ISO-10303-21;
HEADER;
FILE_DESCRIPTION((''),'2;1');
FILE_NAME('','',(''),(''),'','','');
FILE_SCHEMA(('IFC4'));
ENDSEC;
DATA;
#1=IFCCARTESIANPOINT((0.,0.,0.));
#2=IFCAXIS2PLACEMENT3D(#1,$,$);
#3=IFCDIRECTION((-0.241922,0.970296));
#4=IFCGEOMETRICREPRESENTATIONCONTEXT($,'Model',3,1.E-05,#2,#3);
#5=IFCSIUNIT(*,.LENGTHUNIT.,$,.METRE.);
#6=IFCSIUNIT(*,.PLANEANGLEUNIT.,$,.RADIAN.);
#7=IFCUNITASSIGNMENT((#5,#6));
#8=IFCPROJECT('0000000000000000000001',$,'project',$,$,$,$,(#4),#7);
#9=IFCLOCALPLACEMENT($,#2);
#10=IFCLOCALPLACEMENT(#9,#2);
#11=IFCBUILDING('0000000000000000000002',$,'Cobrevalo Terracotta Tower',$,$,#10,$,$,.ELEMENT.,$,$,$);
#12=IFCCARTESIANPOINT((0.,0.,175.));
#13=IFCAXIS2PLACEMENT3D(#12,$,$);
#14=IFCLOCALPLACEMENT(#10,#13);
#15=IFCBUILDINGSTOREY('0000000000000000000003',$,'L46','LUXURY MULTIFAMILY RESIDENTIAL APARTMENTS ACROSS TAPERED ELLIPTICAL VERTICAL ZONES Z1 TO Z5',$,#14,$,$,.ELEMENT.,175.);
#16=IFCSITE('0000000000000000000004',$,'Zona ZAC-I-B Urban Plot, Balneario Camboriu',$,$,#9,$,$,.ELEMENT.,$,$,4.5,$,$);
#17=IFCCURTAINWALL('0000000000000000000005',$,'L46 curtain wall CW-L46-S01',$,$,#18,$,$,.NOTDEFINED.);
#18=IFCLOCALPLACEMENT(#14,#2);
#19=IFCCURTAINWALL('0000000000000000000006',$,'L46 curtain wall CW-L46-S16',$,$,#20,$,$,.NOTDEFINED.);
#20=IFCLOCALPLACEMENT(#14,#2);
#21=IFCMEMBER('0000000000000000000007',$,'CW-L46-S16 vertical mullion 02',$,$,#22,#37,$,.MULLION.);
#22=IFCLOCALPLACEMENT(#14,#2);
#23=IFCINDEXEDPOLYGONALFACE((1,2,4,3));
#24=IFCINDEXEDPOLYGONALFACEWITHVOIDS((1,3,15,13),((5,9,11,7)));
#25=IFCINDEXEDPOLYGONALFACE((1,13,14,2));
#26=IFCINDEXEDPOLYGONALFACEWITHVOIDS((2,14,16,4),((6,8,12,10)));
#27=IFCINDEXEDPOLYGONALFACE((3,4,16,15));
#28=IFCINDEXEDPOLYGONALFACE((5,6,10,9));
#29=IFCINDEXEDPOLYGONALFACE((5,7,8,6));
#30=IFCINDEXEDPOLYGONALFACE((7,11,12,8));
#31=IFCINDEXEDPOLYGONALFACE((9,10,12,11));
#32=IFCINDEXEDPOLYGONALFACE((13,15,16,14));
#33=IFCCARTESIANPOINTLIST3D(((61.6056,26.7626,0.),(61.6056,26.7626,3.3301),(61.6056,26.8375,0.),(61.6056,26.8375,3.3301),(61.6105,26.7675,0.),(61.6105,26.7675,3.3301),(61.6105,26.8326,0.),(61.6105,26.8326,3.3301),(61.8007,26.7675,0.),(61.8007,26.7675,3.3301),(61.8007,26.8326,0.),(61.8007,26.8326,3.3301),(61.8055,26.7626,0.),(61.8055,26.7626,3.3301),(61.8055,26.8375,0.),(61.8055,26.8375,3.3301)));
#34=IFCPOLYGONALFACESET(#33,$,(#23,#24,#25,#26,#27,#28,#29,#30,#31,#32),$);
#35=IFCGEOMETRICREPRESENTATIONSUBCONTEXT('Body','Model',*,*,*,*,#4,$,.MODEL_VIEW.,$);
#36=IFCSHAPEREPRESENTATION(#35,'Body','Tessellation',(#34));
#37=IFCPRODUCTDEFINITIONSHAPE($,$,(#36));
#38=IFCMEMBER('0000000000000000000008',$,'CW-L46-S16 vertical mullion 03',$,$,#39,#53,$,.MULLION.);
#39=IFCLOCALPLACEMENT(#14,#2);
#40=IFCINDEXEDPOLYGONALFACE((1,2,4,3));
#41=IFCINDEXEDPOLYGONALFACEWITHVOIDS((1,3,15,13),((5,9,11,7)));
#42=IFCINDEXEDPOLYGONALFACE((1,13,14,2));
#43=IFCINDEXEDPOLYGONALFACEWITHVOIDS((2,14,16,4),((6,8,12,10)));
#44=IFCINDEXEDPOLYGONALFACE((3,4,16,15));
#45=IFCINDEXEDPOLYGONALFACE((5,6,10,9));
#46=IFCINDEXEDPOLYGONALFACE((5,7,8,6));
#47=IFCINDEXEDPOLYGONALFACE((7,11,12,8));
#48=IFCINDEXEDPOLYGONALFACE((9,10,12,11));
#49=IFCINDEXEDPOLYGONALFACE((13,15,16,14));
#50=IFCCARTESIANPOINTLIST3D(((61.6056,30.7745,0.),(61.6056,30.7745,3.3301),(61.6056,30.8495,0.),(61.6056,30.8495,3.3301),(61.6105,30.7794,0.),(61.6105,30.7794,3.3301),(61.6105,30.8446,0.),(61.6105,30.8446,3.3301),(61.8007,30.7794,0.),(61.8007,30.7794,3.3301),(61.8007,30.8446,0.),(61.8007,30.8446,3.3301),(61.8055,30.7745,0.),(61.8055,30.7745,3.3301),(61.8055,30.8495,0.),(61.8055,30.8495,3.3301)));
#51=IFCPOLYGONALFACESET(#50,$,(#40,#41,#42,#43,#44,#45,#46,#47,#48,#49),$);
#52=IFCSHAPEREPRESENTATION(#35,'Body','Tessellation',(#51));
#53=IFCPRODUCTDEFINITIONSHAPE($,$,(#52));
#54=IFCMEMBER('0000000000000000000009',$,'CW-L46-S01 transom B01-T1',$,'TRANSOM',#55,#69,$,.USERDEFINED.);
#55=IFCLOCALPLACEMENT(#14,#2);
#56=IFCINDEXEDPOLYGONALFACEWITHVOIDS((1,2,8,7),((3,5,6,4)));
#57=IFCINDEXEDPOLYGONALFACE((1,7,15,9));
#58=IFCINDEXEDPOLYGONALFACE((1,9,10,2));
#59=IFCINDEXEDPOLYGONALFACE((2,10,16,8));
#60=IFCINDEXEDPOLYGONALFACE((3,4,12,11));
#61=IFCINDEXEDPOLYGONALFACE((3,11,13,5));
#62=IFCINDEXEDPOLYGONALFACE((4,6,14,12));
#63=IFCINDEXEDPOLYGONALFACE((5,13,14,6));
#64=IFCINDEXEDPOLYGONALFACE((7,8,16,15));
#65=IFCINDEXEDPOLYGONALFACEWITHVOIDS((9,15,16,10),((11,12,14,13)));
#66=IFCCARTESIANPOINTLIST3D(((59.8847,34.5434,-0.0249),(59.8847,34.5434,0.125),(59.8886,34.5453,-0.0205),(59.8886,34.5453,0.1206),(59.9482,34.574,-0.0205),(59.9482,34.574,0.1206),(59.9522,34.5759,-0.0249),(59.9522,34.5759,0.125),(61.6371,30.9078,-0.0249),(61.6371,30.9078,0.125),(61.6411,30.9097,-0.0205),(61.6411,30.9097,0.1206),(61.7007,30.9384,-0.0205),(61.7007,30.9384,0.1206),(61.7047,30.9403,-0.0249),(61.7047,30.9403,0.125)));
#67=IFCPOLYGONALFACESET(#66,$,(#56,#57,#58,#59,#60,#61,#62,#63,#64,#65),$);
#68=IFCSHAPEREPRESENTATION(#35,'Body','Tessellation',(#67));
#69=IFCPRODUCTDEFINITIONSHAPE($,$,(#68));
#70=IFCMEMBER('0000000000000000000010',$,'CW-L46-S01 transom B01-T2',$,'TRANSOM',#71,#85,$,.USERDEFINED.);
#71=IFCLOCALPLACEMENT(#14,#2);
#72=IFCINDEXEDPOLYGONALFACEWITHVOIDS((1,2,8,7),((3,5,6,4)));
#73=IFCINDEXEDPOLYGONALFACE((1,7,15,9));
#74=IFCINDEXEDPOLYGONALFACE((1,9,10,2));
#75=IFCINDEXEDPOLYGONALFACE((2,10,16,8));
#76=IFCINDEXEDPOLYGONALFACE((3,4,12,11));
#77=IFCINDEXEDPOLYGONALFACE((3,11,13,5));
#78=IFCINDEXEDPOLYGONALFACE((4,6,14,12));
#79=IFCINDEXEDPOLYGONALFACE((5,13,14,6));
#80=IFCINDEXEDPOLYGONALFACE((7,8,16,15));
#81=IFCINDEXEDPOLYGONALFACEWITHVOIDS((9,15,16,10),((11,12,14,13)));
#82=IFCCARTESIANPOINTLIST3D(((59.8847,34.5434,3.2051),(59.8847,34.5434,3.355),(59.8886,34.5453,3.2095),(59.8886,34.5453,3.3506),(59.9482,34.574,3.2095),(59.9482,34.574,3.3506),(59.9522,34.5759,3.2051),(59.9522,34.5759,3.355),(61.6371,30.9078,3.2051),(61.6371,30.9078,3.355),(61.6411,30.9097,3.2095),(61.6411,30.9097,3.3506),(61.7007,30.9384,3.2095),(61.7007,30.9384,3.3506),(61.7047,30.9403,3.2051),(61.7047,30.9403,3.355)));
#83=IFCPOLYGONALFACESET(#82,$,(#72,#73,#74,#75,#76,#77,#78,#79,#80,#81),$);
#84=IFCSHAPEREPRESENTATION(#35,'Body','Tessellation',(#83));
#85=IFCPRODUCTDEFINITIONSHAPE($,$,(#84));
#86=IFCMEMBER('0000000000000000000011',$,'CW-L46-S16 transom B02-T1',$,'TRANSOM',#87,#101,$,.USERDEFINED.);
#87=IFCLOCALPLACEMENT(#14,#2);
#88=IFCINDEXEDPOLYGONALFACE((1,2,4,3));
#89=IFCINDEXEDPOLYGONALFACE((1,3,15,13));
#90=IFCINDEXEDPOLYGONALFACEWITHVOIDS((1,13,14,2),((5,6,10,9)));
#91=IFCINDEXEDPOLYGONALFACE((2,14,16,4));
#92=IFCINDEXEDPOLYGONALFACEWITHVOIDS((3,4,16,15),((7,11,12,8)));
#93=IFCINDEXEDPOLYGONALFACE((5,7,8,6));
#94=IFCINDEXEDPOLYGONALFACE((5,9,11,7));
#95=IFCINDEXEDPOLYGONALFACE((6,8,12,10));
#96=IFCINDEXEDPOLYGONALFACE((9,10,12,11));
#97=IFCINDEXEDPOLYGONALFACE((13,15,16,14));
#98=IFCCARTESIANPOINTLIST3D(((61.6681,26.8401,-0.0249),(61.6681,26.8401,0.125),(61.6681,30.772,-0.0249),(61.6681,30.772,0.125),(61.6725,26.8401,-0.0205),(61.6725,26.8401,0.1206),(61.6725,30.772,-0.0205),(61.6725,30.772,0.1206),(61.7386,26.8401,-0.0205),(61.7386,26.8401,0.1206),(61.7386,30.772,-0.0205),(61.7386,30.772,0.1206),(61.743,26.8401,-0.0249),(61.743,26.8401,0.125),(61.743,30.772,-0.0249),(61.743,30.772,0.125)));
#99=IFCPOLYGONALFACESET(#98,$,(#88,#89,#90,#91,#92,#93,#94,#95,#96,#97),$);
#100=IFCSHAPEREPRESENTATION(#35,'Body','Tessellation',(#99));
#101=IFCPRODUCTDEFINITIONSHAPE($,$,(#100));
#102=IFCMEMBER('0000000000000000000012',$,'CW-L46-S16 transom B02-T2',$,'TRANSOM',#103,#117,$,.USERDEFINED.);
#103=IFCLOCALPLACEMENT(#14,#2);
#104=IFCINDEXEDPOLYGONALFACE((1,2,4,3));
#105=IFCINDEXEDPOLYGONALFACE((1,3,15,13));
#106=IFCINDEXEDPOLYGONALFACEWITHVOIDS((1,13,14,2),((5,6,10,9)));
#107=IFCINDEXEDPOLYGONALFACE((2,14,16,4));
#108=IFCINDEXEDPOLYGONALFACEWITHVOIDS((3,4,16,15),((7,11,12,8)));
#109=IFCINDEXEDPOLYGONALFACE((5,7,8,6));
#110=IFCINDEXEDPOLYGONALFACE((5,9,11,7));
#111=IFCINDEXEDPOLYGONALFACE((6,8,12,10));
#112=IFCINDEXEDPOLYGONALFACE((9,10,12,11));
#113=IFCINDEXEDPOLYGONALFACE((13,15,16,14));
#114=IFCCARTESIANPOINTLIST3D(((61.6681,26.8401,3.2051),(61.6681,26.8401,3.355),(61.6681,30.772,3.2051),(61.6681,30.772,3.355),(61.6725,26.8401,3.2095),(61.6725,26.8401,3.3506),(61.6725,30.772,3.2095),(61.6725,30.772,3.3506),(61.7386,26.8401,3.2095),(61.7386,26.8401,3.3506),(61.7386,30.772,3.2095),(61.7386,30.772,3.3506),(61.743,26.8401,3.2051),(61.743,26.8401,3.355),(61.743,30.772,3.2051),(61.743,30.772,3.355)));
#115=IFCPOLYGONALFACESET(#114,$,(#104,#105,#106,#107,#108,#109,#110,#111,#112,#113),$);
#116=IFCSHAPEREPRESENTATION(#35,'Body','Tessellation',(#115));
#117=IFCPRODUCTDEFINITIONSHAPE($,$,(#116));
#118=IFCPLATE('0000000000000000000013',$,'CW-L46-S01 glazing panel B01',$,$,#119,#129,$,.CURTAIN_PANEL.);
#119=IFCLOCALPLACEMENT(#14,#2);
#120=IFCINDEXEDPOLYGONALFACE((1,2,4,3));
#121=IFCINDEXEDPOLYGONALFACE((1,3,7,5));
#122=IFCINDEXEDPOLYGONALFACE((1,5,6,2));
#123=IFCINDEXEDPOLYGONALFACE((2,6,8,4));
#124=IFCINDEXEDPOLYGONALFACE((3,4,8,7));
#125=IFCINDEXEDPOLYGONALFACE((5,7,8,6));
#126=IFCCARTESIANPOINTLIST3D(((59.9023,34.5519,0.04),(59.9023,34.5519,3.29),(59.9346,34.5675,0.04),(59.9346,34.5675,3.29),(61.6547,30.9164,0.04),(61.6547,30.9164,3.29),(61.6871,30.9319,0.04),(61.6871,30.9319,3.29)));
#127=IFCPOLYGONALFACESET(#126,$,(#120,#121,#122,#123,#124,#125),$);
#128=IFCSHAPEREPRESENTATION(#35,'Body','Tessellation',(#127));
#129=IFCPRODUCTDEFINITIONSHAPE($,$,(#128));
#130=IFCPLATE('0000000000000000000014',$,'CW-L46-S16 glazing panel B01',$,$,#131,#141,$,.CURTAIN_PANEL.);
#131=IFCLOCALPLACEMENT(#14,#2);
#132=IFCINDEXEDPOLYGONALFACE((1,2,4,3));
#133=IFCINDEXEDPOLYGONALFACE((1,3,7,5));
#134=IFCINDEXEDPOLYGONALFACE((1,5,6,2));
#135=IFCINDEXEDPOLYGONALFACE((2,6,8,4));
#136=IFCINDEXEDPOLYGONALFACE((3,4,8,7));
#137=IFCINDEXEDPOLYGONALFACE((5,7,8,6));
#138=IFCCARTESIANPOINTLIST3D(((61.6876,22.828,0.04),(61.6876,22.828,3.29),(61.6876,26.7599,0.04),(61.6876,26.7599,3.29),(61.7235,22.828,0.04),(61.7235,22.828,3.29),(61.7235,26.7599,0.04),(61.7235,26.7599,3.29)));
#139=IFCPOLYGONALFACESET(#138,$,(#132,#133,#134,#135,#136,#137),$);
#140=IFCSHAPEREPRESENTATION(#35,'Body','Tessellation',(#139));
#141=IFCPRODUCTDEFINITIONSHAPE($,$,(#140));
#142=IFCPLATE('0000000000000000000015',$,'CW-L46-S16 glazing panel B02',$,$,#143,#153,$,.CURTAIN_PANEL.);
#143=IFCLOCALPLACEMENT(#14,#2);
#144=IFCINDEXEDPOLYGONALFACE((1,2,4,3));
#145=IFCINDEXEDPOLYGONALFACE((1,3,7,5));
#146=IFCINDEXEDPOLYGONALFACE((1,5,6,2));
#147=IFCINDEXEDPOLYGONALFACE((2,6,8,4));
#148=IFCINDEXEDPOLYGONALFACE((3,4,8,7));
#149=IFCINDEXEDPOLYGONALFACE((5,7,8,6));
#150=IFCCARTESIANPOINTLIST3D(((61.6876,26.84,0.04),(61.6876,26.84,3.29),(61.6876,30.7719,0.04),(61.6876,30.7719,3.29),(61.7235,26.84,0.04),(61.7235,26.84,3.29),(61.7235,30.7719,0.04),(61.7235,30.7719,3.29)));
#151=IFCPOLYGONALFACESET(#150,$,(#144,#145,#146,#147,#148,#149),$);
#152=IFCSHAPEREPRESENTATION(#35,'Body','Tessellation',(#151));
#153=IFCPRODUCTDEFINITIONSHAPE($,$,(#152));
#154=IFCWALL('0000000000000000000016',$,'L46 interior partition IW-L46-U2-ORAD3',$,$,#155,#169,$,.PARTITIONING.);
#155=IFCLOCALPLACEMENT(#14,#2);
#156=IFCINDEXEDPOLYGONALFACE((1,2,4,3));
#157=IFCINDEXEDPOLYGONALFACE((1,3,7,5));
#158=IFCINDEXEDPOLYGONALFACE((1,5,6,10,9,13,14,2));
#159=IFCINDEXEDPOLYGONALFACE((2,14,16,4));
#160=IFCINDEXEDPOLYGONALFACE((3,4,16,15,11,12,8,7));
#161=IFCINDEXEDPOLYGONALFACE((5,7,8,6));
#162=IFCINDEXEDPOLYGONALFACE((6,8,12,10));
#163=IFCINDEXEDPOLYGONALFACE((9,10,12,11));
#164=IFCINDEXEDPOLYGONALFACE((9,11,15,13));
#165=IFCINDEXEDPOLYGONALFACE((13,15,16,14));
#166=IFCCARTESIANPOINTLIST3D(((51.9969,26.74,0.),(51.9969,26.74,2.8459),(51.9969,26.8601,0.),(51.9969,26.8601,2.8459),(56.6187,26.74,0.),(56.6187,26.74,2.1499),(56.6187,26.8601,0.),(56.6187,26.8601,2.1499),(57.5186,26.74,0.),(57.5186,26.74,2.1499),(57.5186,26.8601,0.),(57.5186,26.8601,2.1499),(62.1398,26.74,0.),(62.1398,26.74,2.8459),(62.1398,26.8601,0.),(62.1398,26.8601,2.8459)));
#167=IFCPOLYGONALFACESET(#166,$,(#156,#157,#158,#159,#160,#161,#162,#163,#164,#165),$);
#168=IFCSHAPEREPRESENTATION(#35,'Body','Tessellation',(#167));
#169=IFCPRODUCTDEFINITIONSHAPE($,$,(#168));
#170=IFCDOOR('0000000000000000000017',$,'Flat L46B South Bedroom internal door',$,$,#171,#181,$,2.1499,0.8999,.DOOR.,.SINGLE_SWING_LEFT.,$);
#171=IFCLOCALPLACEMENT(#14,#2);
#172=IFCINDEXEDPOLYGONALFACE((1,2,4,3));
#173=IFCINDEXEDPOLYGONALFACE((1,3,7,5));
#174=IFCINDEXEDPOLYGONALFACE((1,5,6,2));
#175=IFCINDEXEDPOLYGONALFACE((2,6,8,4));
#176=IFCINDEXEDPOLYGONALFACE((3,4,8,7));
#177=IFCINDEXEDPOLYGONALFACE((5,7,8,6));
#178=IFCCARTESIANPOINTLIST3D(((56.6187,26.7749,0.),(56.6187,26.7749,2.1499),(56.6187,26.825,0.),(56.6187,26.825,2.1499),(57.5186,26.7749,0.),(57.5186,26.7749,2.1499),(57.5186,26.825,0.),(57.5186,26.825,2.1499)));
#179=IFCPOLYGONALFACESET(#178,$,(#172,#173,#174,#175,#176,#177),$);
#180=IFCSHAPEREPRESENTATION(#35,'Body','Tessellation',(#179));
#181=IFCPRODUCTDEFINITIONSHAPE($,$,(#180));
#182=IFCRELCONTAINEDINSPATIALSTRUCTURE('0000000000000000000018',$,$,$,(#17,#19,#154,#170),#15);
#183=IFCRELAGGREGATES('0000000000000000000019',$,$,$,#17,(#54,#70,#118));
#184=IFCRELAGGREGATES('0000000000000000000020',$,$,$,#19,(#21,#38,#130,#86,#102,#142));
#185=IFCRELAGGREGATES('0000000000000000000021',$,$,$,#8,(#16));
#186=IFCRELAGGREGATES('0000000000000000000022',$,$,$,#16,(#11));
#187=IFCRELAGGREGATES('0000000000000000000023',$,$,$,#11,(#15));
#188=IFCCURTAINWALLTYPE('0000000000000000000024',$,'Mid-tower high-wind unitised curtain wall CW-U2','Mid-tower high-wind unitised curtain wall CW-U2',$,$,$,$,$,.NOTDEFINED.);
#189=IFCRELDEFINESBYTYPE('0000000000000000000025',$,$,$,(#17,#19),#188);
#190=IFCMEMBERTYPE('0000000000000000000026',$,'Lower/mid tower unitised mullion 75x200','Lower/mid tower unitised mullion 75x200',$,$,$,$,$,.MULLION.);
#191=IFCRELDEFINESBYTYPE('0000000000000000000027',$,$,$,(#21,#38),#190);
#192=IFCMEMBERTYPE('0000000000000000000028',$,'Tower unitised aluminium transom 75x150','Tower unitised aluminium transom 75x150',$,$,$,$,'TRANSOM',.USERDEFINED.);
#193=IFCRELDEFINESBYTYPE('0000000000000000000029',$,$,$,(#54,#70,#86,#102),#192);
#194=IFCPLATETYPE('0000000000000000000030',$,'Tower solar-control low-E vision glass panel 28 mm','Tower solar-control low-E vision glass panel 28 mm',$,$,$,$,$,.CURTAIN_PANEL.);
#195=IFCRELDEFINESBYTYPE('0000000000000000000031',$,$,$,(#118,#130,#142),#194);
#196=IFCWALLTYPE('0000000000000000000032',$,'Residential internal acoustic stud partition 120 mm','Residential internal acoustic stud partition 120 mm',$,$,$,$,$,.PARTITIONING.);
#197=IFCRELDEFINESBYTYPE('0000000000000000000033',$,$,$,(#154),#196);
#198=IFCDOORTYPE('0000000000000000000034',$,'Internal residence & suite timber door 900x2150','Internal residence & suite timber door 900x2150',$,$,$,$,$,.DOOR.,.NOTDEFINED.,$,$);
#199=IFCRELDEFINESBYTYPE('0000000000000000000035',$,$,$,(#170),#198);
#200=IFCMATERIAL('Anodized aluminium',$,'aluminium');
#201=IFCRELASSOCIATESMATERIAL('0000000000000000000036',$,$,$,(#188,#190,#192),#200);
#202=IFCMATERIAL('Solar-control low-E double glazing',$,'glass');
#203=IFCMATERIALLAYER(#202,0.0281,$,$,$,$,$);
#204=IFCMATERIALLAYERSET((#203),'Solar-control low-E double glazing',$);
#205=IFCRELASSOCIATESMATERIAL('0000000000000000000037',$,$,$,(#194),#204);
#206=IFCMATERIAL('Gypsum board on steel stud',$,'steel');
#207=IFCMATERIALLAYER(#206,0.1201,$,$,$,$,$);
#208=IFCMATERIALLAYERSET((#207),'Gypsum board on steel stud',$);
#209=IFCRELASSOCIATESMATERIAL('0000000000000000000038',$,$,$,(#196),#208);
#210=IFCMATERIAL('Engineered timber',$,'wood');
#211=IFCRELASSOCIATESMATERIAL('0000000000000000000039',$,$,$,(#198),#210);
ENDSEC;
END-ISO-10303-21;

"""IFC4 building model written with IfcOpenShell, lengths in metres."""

from ifc_helpers import new_model, si_unit, direction, frame, frame_2d, origin, origin_2d, place, context, subcontext, project, spatial, rectangle, hollow_rectangle, extrude, source, transform, mapped, material, layer, layer_set, material_profile, profile_set, type_object, element, fill, aggregate, save


model = new_model("IFC4")

# Units and contexts
model_context = context("Model", 3, precision=1e-05, world=origin(), true_north=direction((-0.241922, 0.970296)))
body_context = subcontext(model_context, "Body", "Model", "MODEL_VIEW")
ifc_project = project(units=[si_unit("LENGTHUNIT", "METRE"), si_unit("PLANEANGLEUNIT", "RADIAN")], contexts=[model_context])

# Site, building, storey
site_placement = place(None, origin())
site = spatial("IfcSite", under=ifc_project, at=site_placement, Name="Zona ZAC-I-B Urban Plot, Balneario Camboriu", CompositionType="ELEMENT", RefElevation=4.5)
building_placement = place(site_placement, origin())
building = spatial("IfcBuilding", under=site, at=building_placement, Name="Cobrevalo Terracotta Tower", CompositionType="ELEMENT")
storey_placement = place(building_placement, frame((0.0, 0.0, 175.0)))
storey = spatial("IfcBuildingStorey", under=building, at=storey_placement, Name="L46", Description="LUXURY MULTIFAMILY RESIDENTIAL APARTMENTS ACROSS TAPERED ELLIPTICAL VERTICAL ZONES Z1 TO Z5", CompositionType="ELEMENT", Elevation=175.0)

# Curtain wall
ifc_material_1 = material(Name="Anodized aluminium", Category="aluminium")
curtain_wall_type = type_object("IfcCurtainWallType", Name="Mid-tower high-wind unitised curtain wall CW-U2", Description="Mid-tower high-wind unitised curtain wall CW-U2", PredefinedType="NOTDEFINED", material=ifc_material_1)
curtain_wall_1_placement = place(storey_placement, origin())
curtain_wall_1 = element("IfcCurtainWall", 1, at=curtain_wall_1_placement, inside=storey, type_object=curtain_wall_type, Name="L46 curtain wall CW-L46-S01", PredefinedType="NOTDEFINED")
ifc_material_profile_1 = material_profile(ifc_material_1, hollow_rectangle(XDim=0.075, YDim=0.2, WallThickness=0.0049, at=origin_2d()), Name="CWM 75x200")
ifc_profile_set_1 = profile_set([ifc_material_profile_1], Name="Anodized aluminium")
member_type_1 = type_object("IfcMemberType", Name="Lower/mid tower unitised mullion 75x200", Description="Lower/mid tower unitised mullion 75x200", PredefinedType="MULLION", material=ifc_profile_set_1)
shared_shape_1 = source(origin(), body_context, "Body", "SweptSolid", [
    extrude(hollow_rectangle(XDim=0.075, YDim=0.2, WallThickness=0.0049, at=origin_2d()), origin(), (0.0, 0.0, 1.0), 3.3301),
])

# Curtain wall, members
curtain_wall_2_placement = place(storey_placement, origin())
curtain_wall_2 = element("IfcCurtainWall", 2, at=curtain_wall_2_placement, inside=storey, type_object=curtain_wall_type, Name="L46 curtain wall CW-L46-S16", PredefinedType="NOTDEFINED")
member_1_placement = place(storey_placement, frame((61.7056, 26.8, 0.0), z_axis=(0.0, 0.0, 1.0), x_axis=(0.0, 1.0, 0.0)))
member_1 = element("IfcMember", 3, at=member_1_placement, type_object=member_type_1, Name="CW-L46-S16 vertical mullion 02", PredefinedType="MULLION", context=body_context, shape_type="MappedRepresentation", body=[
    mapped(shared_shape_1, transform((0.0, 0.0, 0.0), scale=1.0)),
])
member_2_placement = place(storey_placement, frame((61.7056, 30.812, 0.0), z_axis=(0.0, 0.0, 1.0), x_axis=(0.0, 1.0, 0.0)))
member_2 = element("IfcMember", 4, at=member_2_placement, type_object=member_type_1, Name="CW-L46-S16 vertical mullion 03", PredefinedType="MULLION", context=body_context, shape_type="MappedRepresentation", body=[
    mapped(shared_shape_1, transform((0.0, 0.0, 0.0), scale=1.0)),
])

# Members
ifc_material_profile_2 = material_profile(ifc_material_1, hollow_rectangle(XDim=0.075, YDim=0.1499, WallThickness=0.0044, at=origin_2d()), Name="CWT 75x150")
ifc_profile_set_2 = profile_set([ifc_material_profile_2], Name="Anodized aluminium")
member_type_2 = type_object("IfcMemberType", Name="Tower unitised aluminium transom 75x150", Description="Tower unitised aluminium transom 75x150", ElementType="TRANSOM", PredefinedType="USERDEFINED", material=ifc_profile_set_2)
shared_shape_2 = source(origin(), body_context, "Body", "SweptSolid", [
    extrude(hollow_rectangle(XDim=0.075, YDim=0.1499, WallThickness=0.0044, at=origin_2d()), origin(), (0.0, 0.0, 1.0), 4.0359),
])
member_3_placement = place(storey_placement, frame((61.6709, 30.9241, 0.05), z_axis=(-0.434221, 0.900806, 0.0), x_axis=(-0.900806, -0.434221, 0.0)))
member_3 = element("IfcMember", 5, at=member_3_placement, type_object=member_type_2, Name="CW-L46-S01 transom B01-T1", ObjectType="TRANSOM", PredefinedType="USERDEFINED", context=body_context, shape_type="MappedRepresentation", body=[
    mapped(shared_shape_2, transform((0.0, 0.0, 0.0), scale=1.0)),
])
member_4_placement = place(storey_placement, frame((61.6709, 30.9241, 3.28), z_axis=(-0.434221, 0.900806, 0.0), x_axis=(-0.900806, -0.434221, 0.0)))
member_4 = element("IfcMember", 6, at=member_4_placement, type_object=member_type_2, Name="CW-L46-S01 transom B01-T2", ObjectType="TRANSOM", PredefinedType="USERDEFINED", context=body_context, shape_type="MappedRepresentation", body=[
    mapped(shared_shape_2, transform((0.0, 0.0, 0.0), scale=1.0)),
])
shared_shape_3 = source(origin(), body_context, "Body", "SweptSolid", [
    extrude(hollow_rectangle(XDim=0.075, YDim=0.1499, WallThickness=0.0044, at=origin_2d()), origin(), (0.0, 0.0, 1.0), 3.9319),
])
member_5_placement = place(storey_placement, frame((61.7056, 26.8401, 0.05), z_axis=(0.0, 1.0, 0.0), x_axis=(-1.0, 0.0, 0.0)))
member_5 = element("IfcMember", 7, at=member_5_placement, type_object=member_type_2, Name="CW-L46-S16 transom B02-T1", ObjectType="TRANSOM", PredefinedType="USERDEFINED", context=body_context, shape_type="MappedRepresentation", body=[
    mapped(shared_shape_3, transform((0.0, 0.0, 0.0), scale=1.0)),
])
member_6_placement = place(storey_placement, frame((61.7056, 26.8401, 3.28), z_axis=(0.0, 1.0, 0.0), x_axis=(-1.0, 0.0, 0.0)))
member_6 = element("IfcMember", 8, at=member_6_placement, type_object=member_type_2, Name="CW-L46-S16 transom B02-T2", ObjectType="TRANSOM", PredefinedType="USERDEFINED", context=body_context, shape_type="MappedRepresentation", body=[
    mapped(shared_shape_3, transform((0.0, 0.0, 0.0), scale=1.0)),
])

# Plates
ifc_material_2 = material(Name="Solar-control low-E double glazing", Category="glass")
ifc_layer_1 = layer(ifc_material_2, 0.0281)
ifc_layer_set_1 = layer_set([ifc_layer_1], Name="Solar-control low-E double glazing")
plate_type = type_object("IfcPlateType", Name="Tower solar-control low-E vision glass panel 28 mm", Description="Tower solar-control low-E vision glass panel 28 mm", PredefinedType="CURTAIN_PANEL", material=ifc_layer_set_1)
shared_shape_4 = source(origin(), body_context, "Body", "SweptSolid", [
    extrude(rectangle(XDim=4.0359, YDim=0.0359, at=origin_2d()), origin(), (0.0, 0.0, 1.0), 3.25),
])
plate_1_placement = place(storey_placement, frame((60.7947, 32.7419, 0.04), z_axis=(0.0, 0.0, 1.0), x_axis=(-0.434209, 0.900812, 0.0)))
plate_1 = element("IfcPlate", 9, at=plate_1_placement, type_object=plate_type, Name="CW-L46-S01 glazing panel B01", PredefinedType="CURTAIN_PANEL", context=body_context, shape_type="MappedRepresentation", body=[
    mapped(shared_shape_4, transform((0.0, 0.0, 0.0), scale=1.0)),
])
aggregate(curtain_wall_1, [member_3, member_4, plate_1])
shared_shape_5 = source(origin(), body_context, "Body", "SweptSolid", [
    extrude(rectangle(XDim=3.9319, YDim=0.0359, at=origin_2d()), origin(), (0.0, 0.0, 1.0), 3.25),
])
plate_2_placement = place(storey_placement, frame((61.7056, 24.7939, 0.04), z_axis=(0.0, 0.0, 1.0), x_axis=(0.0, 1.0, 0.0)))
plate_2 = element("IfcPlate", 10, at=plate_2_placement, type_object=plate_type, Name="CW-L46-S16 glazing panel B01", PredefinedType="CURTAIN_PANEL", context=body_context, shape_type="MappedRepresentation", body=[
    mapped(shared_shape_5, transform((0.0, 0.0, 0.0), scale=1.0)),
])
plate_3_placement = place(storey_placement, frame((61.7056, 28.8059, 0.04), z_axis=(0.0, 0.0, 1.0), x_axis=(0.0, 1.0, 0.0)))
plate_3 = element("IfcPlate", 11, at=plate_3_placement, type_object=plate_type, Name="CW-L46-S16 glazing panel B02", PredefinedType="CURTAIN_PANEL", context=body_context, shape_type="MappedRepresentation", body=[
    mapped(shared_shape_5, transform((0.0, 0.0, 0.0), scale=1.0)),
])
aggregate(curtain_wall_2, [member_1, member_2, plate_2, member_5, member_6, plate_3])

# Wall, opening, door
ifc_material_3 = material(Name="Gypsum board on steel stud", Category="steel")
ifc_layer_2 = layer(ifc_material_3, 0.1201)
ifc_layer_set_2 = layer_set([ifc_layer_2], Name="Gypsum board on steel stud")
wall_type = type_object("IfcWallType", Name="Residential internal acoustic stud partition 120 mm", Description="Residential internal acoustic stud partition 120 mm", PredefinedType="PARTITIONING", material=ifc_layer_set_2)
wall_1_placement = place(storey_placement, frame((51.9971, 26.8, 0.0), z_axis=(0.0, 0.0, 1.0), x_axis=(1.0, 0.0, 0.0)))
wall_1 = element("IfcWall", 12, at=wall_1_placement, inside=storey, type_object=wall_type, Name="L46 interior partition IW-L46-U2-ORAD3", PredefinedType="PARTITIONING", context=body_context, shape_type="SweptSolid", body=[
    extrude(rectangle(XDim=10.1428, YDim=0.1201, at=frame_2d((5.0713, 0.0))), origin(), (0.0, 0.0, 1.0), 2.8459),
])
opening_1_placement = place(wall_1_placement, frame((4.6216, 0.0, 0.0)))
opening_1 = element("IfcOpeningElement", 13, at=opening_1_placement, cuts=wall_1, PredefinedType="OPENING", context=body_context, shape_type="SweptSolid", body=[
    extrude(rectangle(XDim=0.8999, YDim=2.1499, at=frame_2d((0.45, 1.075))), frame((0.0, 0.0701, 0.0), z_axis=(0.0, -1.0, 0.0), x_axis=(1.0, 0.0, 0.0)), (0.0, 0.0, 1.0), 0.1401),
])
ifc_material_4 = material(Name="Engineered timber", Category="wood")
door_type = type_object("IfcDoorType", Name="Internal residence & suite timber door 900x2150", Description="Internal residence & suite timber door 900x2150", OperationType="NOTDEFINED", PredefinedType="DOOR", material=ifc_material_4)
shared_shape_6 = source(origin(), body_context, "Body", "SweptSolid", [
    extrude(rectangle(XDim=0.8999, YDim=2.1499, at=frame_2d((0.45, 1.075))), frame((0.0, 0.0249, 0.0), z_axis=(0.0, -1.0, 0.0), x_axis=(1.0, 0.0, 0.0)), (0.0, 0.0, 1.0), 0.05),
])
door_1_placement = place(opening_1_placement, origin())
door_1 = element("IfcDoor", 14, at=door_1_placement, inside=storey, type_object=door_type, Name="Flat L46B South Bedroom internal door", OperationType="SINGLE_SWING_LEFT", OverallHeight=2.1499, OverallWidth=0.8999, PredefinedType="DOOR", context=body_context, shape_type="MappedRepresentation", body=[
    mapped(shared_shape_6, transform((0.0, 0.0, 0.0), scale=1.0)),
])
fill(opening_1, door_1)

save(model, "model.ifc")
